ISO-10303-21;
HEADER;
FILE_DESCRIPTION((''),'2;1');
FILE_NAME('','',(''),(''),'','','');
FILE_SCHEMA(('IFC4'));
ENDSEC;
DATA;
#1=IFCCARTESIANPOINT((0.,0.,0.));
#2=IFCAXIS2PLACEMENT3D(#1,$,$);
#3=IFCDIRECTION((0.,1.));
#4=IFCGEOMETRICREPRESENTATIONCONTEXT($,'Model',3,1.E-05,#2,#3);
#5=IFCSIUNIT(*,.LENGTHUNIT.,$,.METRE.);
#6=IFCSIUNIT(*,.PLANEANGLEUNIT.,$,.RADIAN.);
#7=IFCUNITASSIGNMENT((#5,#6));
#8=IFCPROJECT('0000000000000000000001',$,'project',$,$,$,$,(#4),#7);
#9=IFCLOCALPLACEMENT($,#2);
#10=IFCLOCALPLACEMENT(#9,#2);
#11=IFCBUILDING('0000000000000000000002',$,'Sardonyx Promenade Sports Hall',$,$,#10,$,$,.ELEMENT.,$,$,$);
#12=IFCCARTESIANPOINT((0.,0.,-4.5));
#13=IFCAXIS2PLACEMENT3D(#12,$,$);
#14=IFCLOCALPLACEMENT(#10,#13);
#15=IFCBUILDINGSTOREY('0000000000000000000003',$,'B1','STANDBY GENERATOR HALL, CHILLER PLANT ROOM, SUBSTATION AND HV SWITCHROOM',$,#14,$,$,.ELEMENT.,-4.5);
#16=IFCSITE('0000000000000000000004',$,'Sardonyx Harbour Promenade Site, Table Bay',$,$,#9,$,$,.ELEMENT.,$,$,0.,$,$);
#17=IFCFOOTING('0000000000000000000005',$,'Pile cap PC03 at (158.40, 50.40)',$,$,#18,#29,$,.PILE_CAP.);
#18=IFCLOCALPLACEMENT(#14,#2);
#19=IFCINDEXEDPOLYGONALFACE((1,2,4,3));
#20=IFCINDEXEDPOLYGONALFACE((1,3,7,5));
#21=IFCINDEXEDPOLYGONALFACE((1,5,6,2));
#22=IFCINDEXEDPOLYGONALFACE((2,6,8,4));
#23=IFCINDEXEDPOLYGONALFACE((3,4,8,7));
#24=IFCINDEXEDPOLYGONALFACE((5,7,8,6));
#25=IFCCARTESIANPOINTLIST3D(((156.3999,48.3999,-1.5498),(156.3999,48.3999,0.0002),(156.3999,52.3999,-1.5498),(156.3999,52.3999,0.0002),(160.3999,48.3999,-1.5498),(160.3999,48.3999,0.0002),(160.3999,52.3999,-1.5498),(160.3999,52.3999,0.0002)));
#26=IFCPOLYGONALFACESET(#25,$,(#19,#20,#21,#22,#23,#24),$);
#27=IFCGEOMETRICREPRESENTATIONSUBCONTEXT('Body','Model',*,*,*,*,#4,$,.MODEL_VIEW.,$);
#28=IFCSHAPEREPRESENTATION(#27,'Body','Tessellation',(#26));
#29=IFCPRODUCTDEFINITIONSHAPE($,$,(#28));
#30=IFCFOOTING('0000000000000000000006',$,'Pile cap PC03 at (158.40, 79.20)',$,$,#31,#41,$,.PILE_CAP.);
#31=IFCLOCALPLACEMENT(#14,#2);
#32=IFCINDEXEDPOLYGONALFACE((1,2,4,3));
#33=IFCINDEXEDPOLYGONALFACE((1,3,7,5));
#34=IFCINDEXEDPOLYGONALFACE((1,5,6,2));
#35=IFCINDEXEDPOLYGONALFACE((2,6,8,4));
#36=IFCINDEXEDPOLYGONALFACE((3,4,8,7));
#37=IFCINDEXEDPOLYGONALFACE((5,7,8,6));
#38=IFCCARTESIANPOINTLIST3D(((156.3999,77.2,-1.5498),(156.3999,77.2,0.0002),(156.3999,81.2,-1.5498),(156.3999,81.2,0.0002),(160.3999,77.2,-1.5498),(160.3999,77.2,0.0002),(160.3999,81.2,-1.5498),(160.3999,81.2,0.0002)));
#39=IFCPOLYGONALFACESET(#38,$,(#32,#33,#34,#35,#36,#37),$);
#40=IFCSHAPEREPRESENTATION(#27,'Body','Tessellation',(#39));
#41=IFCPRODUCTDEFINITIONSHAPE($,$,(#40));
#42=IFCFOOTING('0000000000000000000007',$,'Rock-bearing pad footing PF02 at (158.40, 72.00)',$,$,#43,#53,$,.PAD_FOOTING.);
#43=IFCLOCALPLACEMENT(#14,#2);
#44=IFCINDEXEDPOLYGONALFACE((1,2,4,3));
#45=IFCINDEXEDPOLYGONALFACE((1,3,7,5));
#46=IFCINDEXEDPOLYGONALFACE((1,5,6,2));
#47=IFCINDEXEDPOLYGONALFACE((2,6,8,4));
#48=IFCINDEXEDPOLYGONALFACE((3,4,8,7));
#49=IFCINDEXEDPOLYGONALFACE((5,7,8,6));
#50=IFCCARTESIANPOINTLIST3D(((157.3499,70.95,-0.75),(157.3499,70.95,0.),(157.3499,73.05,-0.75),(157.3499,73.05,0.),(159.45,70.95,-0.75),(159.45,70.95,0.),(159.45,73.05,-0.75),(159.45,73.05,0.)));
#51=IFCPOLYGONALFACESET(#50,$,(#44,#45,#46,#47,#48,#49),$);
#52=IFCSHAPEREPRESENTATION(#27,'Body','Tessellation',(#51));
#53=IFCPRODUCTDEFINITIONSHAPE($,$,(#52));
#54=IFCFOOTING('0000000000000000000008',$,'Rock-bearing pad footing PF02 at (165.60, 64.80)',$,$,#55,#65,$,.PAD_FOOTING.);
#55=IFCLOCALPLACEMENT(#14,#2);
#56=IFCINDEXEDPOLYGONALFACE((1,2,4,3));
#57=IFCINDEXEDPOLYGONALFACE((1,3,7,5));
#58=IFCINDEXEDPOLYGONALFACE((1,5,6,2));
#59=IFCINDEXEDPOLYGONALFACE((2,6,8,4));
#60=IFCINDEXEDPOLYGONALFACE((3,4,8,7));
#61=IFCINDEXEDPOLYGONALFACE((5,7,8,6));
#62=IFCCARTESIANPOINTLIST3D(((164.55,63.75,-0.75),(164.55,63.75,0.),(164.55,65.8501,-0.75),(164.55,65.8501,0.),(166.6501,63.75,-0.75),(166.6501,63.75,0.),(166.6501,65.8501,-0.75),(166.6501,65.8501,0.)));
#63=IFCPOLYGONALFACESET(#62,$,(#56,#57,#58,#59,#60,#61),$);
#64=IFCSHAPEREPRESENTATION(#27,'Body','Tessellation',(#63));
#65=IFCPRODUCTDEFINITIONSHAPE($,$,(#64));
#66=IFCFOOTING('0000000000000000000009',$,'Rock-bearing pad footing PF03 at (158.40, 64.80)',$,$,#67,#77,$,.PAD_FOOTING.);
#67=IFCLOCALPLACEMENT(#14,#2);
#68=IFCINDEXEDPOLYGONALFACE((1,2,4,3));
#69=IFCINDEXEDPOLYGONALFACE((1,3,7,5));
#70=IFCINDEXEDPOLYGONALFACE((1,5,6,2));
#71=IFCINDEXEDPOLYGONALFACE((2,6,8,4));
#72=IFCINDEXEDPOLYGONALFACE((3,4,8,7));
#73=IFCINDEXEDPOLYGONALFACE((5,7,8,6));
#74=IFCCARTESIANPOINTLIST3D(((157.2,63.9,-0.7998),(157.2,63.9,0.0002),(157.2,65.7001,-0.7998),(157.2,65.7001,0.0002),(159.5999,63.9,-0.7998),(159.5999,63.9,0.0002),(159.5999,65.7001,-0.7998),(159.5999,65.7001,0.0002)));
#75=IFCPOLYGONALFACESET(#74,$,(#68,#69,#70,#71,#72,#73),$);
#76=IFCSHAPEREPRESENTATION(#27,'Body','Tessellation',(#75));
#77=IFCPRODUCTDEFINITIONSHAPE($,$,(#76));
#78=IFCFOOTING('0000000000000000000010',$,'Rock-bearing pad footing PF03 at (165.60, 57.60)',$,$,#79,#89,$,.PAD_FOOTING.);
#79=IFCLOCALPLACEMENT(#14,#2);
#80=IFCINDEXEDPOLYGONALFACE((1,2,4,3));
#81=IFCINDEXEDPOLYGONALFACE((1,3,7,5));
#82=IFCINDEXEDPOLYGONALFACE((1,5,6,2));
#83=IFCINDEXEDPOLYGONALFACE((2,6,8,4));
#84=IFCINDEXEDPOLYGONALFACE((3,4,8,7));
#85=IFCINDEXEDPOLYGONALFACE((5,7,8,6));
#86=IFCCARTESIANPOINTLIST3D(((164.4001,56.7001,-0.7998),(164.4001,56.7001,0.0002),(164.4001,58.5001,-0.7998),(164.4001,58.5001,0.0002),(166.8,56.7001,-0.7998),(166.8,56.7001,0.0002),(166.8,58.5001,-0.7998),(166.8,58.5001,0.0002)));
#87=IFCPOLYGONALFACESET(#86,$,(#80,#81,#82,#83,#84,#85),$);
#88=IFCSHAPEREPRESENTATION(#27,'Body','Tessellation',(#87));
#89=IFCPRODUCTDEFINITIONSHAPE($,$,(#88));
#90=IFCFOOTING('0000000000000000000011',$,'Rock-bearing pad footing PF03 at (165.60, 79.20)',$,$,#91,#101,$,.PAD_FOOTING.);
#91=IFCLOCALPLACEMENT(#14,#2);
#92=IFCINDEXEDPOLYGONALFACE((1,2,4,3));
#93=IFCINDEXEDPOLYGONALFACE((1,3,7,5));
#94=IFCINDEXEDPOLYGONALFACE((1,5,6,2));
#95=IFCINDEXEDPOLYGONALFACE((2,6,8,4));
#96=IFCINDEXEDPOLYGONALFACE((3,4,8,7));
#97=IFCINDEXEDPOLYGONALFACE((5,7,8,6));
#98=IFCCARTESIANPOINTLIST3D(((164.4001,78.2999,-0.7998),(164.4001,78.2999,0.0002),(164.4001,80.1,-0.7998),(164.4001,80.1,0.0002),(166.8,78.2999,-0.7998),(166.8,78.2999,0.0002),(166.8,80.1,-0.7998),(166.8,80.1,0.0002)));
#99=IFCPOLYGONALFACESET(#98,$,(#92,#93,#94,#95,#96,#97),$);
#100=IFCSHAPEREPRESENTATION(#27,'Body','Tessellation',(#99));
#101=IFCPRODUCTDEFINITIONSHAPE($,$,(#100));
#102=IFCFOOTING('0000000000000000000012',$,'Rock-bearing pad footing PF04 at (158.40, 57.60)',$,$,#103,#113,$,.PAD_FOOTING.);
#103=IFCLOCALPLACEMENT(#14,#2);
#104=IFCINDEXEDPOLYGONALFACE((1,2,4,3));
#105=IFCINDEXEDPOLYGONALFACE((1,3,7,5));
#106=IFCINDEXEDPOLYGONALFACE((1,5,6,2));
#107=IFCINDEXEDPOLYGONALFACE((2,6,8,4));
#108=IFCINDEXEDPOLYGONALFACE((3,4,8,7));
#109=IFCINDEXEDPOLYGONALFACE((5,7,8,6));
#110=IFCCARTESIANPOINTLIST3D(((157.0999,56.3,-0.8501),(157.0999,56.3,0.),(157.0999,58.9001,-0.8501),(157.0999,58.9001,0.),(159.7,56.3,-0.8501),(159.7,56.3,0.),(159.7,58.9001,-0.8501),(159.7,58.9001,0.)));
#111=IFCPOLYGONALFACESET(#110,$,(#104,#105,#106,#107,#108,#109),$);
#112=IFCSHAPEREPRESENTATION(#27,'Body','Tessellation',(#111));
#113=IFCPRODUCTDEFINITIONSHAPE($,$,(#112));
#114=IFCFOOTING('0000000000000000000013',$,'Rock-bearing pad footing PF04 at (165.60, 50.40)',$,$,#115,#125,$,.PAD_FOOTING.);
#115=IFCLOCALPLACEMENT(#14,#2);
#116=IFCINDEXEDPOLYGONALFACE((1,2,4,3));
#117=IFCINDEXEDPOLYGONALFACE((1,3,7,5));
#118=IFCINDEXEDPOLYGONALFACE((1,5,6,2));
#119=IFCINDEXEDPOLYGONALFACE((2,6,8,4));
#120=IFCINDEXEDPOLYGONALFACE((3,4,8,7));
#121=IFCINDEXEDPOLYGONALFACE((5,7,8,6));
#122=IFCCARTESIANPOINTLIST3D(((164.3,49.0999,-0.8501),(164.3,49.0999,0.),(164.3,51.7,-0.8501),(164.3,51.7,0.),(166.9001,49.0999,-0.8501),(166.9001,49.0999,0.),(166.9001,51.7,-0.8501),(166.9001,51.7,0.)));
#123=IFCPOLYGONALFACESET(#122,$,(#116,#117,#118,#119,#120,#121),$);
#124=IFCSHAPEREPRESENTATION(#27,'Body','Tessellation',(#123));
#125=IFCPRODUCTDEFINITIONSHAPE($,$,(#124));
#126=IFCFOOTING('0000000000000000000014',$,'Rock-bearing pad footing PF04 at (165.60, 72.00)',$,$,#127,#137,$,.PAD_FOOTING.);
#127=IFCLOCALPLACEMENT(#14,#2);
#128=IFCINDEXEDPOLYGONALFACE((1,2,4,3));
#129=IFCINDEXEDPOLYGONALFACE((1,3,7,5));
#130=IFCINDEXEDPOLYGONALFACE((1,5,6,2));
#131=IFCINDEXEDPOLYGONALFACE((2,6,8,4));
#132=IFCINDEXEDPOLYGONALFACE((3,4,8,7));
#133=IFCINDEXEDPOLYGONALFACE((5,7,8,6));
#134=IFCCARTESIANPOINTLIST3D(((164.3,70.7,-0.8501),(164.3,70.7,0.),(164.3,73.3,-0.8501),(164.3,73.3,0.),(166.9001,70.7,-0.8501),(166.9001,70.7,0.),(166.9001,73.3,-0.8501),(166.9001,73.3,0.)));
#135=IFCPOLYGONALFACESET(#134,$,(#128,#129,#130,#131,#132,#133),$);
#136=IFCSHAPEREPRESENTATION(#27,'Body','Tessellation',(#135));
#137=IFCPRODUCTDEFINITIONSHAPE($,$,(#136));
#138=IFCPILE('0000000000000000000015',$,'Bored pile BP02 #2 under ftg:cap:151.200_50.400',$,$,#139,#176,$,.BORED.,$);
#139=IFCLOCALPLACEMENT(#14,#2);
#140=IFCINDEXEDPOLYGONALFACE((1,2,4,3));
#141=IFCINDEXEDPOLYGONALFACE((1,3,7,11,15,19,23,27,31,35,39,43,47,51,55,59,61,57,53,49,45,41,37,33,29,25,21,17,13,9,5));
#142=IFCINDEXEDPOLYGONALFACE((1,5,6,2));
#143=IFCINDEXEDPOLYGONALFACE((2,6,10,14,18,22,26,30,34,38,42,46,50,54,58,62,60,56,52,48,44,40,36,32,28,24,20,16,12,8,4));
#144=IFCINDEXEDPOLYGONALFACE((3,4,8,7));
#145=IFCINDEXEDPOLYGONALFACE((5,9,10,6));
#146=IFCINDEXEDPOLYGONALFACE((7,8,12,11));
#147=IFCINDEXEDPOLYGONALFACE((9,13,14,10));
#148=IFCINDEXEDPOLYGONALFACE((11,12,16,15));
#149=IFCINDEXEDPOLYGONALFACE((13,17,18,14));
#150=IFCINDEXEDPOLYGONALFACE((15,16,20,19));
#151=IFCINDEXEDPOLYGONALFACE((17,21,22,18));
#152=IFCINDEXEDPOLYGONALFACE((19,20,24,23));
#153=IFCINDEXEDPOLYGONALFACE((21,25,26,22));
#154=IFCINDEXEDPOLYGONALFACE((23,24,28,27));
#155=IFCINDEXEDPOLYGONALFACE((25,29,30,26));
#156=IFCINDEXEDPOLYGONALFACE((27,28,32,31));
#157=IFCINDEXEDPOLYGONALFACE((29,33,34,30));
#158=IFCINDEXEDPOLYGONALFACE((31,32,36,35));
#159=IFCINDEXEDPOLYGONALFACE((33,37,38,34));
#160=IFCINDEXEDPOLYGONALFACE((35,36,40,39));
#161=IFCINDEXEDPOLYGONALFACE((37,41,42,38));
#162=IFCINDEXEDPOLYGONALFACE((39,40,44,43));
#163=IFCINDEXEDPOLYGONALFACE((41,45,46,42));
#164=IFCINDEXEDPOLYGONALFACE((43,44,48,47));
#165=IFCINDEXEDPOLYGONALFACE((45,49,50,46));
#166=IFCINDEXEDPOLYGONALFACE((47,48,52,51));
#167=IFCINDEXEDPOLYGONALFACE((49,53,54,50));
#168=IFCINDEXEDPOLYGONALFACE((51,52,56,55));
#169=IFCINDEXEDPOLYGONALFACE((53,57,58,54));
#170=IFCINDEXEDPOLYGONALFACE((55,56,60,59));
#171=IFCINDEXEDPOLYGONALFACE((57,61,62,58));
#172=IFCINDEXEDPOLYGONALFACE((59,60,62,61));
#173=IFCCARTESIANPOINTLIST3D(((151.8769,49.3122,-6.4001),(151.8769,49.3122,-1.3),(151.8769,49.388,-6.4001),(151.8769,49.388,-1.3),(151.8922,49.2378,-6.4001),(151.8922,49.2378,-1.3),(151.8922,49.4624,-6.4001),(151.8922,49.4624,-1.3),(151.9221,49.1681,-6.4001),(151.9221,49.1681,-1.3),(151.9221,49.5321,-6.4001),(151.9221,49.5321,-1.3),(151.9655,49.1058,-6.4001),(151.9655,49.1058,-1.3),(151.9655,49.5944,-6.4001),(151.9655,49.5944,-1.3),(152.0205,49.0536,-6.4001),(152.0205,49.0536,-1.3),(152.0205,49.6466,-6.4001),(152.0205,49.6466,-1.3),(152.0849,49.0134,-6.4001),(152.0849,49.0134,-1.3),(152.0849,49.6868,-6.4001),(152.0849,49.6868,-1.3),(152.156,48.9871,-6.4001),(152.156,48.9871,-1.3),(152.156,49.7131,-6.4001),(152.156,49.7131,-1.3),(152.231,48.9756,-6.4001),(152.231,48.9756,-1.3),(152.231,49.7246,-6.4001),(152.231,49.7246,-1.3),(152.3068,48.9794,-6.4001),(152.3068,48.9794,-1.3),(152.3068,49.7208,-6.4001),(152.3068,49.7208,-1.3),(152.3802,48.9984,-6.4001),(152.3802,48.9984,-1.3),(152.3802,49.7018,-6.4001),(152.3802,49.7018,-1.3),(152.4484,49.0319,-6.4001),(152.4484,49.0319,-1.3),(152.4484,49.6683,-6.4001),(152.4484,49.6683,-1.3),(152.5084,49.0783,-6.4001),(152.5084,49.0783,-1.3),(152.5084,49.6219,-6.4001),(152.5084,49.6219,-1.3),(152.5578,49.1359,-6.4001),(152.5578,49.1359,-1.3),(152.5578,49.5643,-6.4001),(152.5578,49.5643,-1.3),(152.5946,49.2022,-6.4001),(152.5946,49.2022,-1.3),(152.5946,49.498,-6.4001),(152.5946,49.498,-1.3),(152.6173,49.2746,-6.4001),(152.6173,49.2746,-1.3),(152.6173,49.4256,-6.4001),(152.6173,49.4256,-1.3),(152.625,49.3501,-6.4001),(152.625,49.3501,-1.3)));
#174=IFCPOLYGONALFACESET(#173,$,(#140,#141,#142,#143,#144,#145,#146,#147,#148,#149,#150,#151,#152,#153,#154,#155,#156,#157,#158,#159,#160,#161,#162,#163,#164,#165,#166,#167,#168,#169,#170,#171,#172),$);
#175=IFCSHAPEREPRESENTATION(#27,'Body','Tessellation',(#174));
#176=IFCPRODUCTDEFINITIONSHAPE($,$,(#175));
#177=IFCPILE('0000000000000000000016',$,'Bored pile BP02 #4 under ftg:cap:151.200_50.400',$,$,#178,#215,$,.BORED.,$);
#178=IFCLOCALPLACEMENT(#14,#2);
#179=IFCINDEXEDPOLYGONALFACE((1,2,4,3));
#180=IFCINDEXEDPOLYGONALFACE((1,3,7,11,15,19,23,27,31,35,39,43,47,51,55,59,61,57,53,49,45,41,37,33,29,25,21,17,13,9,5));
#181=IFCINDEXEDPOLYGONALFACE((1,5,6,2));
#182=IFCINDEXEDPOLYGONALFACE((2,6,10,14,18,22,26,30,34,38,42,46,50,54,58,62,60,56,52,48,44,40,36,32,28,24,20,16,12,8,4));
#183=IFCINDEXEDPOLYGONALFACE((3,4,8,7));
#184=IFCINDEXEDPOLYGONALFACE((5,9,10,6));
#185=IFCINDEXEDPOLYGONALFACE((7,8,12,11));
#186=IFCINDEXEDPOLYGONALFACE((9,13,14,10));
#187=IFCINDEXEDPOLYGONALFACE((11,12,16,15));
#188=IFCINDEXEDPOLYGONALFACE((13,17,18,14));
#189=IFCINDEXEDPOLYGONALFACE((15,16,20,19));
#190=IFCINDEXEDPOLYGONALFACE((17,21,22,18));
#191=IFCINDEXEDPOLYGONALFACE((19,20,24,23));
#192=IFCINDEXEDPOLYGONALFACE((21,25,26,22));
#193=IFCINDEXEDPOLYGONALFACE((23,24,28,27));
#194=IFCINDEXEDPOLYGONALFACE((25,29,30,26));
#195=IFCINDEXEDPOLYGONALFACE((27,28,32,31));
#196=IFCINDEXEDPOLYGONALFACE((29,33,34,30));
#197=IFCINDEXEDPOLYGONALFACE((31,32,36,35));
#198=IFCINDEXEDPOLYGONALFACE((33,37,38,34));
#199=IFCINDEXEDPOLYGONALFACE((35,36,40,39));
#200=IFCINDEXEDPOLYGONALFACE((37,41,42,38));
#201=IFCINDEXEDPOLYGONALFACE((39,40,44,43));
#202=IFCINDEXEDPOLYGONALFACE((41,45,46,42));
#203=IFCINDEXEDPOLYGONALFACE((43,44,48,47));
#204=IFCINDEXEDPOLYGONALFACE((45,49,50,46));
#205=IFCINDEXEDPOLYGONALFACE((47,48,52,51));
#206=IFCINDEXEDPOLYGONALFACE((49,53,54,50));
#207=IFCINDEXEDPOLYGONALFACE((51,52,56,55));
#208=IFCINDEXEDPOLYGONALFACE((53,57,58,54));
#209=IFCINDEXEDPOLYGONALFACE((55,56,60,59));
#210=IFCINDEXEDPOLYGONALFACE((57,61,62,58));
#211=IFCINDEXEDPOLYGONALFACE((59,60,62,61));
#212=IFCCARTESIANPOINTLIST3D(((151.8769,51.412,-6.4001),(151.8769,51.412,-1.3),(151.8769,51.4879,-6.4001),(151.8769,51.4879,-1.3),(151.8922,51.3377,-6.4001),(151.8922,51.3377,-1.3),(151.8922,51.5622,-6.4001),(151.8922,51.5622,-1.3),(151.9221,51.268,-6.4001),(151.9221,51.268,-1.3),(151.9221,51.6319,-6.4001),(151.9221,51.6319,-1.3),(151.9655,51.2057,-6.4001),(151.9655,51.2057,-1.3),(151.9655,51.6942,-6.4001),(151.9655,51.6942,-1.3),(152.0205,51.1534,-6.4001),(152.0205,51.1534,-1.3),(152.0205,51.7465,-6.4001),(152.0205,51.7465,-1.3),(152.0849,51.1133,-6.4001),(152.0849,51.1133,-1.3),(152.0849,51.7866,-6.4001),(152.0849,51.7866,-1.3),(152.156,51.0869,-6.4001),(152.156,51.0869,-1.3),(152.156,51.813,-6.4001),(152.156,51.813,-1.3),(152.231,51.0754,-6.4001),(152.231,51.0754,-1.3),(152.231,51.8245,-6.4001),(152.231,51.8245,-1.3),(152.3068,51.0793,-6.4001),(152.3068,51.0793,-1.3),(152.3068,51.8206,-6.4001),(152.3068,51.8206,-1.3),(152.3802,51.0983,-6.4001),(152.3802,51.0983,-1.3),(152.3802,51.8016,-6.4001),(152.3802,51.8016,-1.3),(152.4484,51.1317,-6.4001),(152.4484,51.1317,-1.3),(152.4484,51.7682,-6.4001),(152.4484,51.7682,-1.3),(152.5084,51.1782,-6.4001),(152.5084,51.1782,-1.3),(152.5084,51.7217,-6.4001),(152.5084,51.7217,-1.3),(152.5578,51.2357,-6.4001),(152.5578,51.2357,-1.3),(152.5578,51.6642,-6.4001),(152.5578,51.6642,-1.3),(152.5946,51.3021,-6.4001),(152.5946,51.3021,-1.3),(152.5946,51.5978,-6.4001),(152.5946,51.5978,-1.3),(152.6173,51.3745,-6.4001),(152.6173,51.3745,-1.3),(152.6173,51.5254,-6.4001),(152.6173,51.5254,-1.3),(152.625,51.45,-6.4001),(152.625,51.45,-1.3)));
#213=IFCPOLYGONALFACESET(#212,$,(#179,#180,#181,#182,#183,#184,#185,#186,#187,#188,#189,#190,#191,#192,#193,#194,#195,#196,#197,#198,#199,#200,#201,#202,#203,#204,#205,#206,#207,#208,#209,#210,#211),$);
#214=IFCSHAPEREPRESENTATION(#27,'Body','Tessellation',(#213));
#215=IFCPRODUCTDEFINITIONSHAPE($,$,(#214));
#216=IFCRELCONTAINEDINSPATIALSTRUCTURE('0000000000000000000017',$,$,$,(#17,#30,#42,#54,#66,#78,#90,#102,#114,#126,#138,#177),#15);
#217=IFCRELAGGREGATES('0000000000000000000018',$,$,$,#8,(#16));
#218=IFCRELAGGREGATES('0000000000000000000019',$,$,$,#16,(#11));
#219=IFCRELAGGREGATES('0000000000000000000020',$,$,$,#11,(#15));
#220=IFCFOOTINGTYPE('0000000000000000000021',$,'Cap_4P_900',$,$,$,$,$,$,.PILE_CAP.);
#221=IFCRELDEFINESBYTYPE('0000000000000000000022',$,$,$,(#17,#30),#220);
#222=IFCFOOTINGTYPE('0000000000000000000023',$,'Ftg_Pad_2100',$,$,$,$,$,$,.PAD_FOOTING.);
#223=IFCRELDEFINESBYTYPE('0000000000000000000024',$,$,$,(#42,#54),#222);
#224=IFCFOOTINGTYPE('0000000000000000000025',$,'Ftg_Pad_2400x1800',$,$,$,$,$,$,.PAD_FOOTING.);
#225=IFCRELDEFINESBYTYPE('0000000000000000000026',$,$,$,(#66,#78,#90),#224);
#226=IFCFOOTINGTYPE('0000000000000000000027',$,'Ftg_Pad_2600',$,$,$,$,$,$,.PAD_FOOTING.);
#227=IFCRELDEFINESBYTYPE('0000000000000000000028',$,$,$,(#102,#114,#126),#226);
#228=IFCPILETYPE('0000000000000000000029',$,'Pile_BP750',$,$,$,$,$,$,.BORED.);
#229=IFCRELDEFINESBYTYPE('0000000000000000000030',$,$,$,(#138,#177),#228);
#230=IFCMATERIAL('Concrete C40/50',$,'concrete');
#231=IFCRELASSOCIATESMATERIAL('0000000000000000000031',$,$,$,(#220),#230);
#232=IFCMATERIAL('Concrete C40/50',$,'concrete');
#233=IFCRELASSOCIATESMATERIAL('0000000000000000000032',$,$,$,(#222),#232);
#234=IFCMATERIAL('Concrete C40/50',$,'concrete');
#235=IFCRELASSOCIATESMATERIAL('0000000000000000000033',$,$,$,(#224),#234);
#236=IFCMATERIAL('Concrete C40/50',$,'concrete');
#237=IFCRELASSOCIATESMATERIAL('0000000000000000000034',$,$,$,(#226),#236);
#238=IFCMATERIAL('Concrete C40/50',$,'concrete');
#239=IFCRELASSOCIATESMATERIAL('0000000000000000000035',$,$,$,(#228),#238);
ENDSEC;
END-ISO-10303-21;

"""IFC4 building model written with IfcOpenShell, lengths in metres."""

from ifc_helpers import new_model, si_unit, direction, frame, origin, origin_2d, place, context, subcontext, project, spatial, rectangle, circle, extrude, material, material_profile, profile_set, type_object, element, save


model = new_model("IFC4")

# Units and contexts
model_context = context("Model", 3, precision=1e-05, world=origin(), true_north=direction((0.0, 1.0)))
body_context = subcontext(model_context, "Body", "Model", "MODEL_VIEW")
ifc_project = project(units=[si_unit("LENGTHUNIT", "METRE"), si_unit("PLANEANGLEUNIT", "RADIAN")], contexts=[model_context])

# Site, building, storey
site_placement = place(None, origin())
site = spatial("IfcSite", under=ifc_project, at=site_placement, Name="Sardonyx Harbour Promenade Site, Table Bay", CompositionType="ELEMENT", RefElevation=0.0)
building_placement = place(site_placement, origin())
building = spatial("IfcBuilding", under=site, at=building_placement, Name="Sardonyx Promenade Sports Hall", CompositionType="ELEMENT")
storey_placement = place(building_placement, frame((0.0, 0.0, -4.5)))
storey = spatial("IfcBuildingStorey", under=building, at=storey_placement, Name="B1", Description="STANDBY GENERATOR HALL, CHILLER PLANT ROOM, SUBSTATION AND HV SWITCHROOM", CompositionType="ELEMENT", Elevation=-4.5)

# Footings
ifc_material_1 = material(Name="Concrete C40/50", Category="concrete")
footing_type_1 = type_object("IfcFootingType", Name="Cap_4P_900", PredefinedType="PILE_CAP", material=ifc_material_1)
for number, where, z_axis, x_axis, name in (
    (1, (158.3999, 50.3999, -1.5498), (0.0, 0.0, 1.0), (1.0, 0.0, 0.0), "Pile cap PC03 at (158.40, 50.40)"),
    (2, (158.3999, 79.2, -1.5498), (0.0, 0.0, 1.0), (1.0, 0.0, 0.0), "Pile cap PC03 at (158.40, 79.20)"),
):
    element("IfcFooting", number, at=place(storey_placement, frame(where, z_axis=z_axis, x_axis=x_axis)), inside=storey, type_object=footing_type_1, Name=name, PredefinedType="PILE_CAP", context=body_context, shape_type="SweptSolid", body=[
        extrude(rectangle(XDim=4.0, YDim=4.0, at=origin_2d()), origin(), (0.0, 0.0, 1.0), 1.55),
    ])
ifc_material_2 = material(Name="Concrete C40/50", Category="concrete")
footing_type_2 = type_object("IfcFootingType", Name="Ftg_Pad_2100", PredefinedType="PAD_FOOTING", material=ifc_material_2)
for number, where, z_axis, x_axis, name in (
    (3, (158.3999, 72.0, -0.75), (0.0, 0.0, 1.0), (1.0, 0.0, 0.0), "Rock-bearing pad footing PF02 at (158.40, 72.00)"),
    (4, (165.6001, 64.8, -0.75), (0.0, 0.0, 1.0), (1.0, 0.0, 0.0), "Rock-bearing pad footing PF02 at (165.60, 64.80)"),
):
    element("IfcFooting", number, at=place(storey_placement, frame(where, z_axis=z_axis, x_axis=x_axis)), inside=storey, type_object=footing_type_2, Name=name, PredefinedType="PAD_FOOTING", context=body_context, shape_type="SweptSolid", body=[
        extrude(rectangle(XDim=2.1001, YDim=2.1001, at=origin_2d()), origin(), (0.0, 0.0, 1.0), 0.75),
    ])
ifc_material_3 = material(Name="Concrete C40/50", Category="concrete")
footing_type_3 = type_object("IfcFootingType", Name="Ftg_Pad_2400x1800", PredefinedType="PAD_FOOTING", material=ifc_material_3)
for number, where, z_axis, x_axis, name in (
    (5, (158.3999, 64.8, -0.7998), (0.0, 0.0, 1.0), (1.0, 0.0, 0.0), "Rock-bearing pad footing PF03 at (158.40, 64.80)"),
    (6, (165.6001, 57.6001, -0.7998), (0.0, 0.0, 1.0), (1.0, 0.0, 0.0), "Rock-bearing pad footing PF03 at (165.60, 57.60)"),
    (7, (165.6001, 79.2, -0.7998), (0.0, 0.0, 1.0), (1.0, 0.0, 0.0), "Rock-bearing pad footing PF03 at (165.60, 79.20)"),
):
    element("IfcFooting", number, at=place(storey_placement, frame(where, z_axis=z_axis, x_axis=x_axis)), inside=storey, type_object=footing_type_3, Name=name, PredefinedType="PAD_FOOTING", context=body_context, shape_type="SweptSolid", body=[
        extrude(rectangle(XDim=2.3999, YDim=1.8, at=origin_2d()), origin(), (0.0, 0.0, 1.0), 0.8),
    ])
ifc_material_4 = material(Name="Concrete C40/50", Category="concrete")
footing_type_4 = type_object("IfcFootingType", Name="Ftg_Pad_2600", PredefinedType="PAD_FOOTING", material=ifc_material_4)
for number, where, z_axis, x_axis, name in (
    (8, (158.3999, 57.6001, -0.8501), (0.0, 0.0, 1.0), (1.0, 0.0, 0.0), "Rock-bearing pad footing PF04 at (158.40, 57.60)"),
    (9, (165.6001, 50.3999, -0.8501), (0.0, 0.0, 1.0), (1.0, 0.0, 0.0), "Rock-bearing pad footing PF04 at (165.60, 50.40)"),
    (10, (165.6001, 72.0, -0.8501), (0.0, 0.0, 1.0), (1.0, 0.0, 0.0), "Rock-bearing pad footing PF04 at (165.60, 72.00)"),
):
    element("IfcFooting", number, at=place(storey_placement, frame(where, z_axis=z_axis, x_axis=x_axis)), inside=storey, type_object=footing_type_4, Name=name, PredefinedType="PAD_FOOTING", context=body_context, shape_type="SweptSolid", body=[
        extrude(rectangle(XDim=2.6001, YDim=2.6001, at=origin_2d()), origin(), (0.0, 0.0, 1.0), 0.8501),
    ])

# Piles
ifc_material_5 = material(Name="Concrete C40/50", Category="concrete")
ifc_material_profile_1 = material_profile(ifc_material_5, circle(Radius=0.375, at=origin_2d()))
ifc_profile_set_1 = profile_set([ifc_material_profile_1], Name="Concrete C40/50")
pile_type_1 = type_object("IfcPileType", Name="Pile_BP750", PredefinedType="BORED", material=ifc_profile_set_1)
for number, where, z_axis, x_axis, name in (
    (11, (152.25, 49.3501, -1.3), (0.0, 0.0, -1.0), (1.0, 0.0, 0.0), "Bored pile BP02 #2 under ftg:cap:151.200_50.400"),
    (12, (152.25, 51.45, -1.3), (0.0, 0.0, -1.0), (1.0, 0.0, 0.0), "Bored pile BP02 #4 under ftg:cap:151.200_50.400"),
):
    element("IfcPile", number, at=place(storey_placement, frame(where, z_axis=z_axis, x_axis=x_axis)), inside=storey, type_object=pile_type_1, Name=name, PredefinedType="BORED", context=body_context, shape_type="SweptSolid", body=[
        extrude(circle(Radius=0.375, at=origin_2d()), origin(), (0.0, 0.0, 1.0), 5.1001),
    ])

save(model, "model.ifc")
